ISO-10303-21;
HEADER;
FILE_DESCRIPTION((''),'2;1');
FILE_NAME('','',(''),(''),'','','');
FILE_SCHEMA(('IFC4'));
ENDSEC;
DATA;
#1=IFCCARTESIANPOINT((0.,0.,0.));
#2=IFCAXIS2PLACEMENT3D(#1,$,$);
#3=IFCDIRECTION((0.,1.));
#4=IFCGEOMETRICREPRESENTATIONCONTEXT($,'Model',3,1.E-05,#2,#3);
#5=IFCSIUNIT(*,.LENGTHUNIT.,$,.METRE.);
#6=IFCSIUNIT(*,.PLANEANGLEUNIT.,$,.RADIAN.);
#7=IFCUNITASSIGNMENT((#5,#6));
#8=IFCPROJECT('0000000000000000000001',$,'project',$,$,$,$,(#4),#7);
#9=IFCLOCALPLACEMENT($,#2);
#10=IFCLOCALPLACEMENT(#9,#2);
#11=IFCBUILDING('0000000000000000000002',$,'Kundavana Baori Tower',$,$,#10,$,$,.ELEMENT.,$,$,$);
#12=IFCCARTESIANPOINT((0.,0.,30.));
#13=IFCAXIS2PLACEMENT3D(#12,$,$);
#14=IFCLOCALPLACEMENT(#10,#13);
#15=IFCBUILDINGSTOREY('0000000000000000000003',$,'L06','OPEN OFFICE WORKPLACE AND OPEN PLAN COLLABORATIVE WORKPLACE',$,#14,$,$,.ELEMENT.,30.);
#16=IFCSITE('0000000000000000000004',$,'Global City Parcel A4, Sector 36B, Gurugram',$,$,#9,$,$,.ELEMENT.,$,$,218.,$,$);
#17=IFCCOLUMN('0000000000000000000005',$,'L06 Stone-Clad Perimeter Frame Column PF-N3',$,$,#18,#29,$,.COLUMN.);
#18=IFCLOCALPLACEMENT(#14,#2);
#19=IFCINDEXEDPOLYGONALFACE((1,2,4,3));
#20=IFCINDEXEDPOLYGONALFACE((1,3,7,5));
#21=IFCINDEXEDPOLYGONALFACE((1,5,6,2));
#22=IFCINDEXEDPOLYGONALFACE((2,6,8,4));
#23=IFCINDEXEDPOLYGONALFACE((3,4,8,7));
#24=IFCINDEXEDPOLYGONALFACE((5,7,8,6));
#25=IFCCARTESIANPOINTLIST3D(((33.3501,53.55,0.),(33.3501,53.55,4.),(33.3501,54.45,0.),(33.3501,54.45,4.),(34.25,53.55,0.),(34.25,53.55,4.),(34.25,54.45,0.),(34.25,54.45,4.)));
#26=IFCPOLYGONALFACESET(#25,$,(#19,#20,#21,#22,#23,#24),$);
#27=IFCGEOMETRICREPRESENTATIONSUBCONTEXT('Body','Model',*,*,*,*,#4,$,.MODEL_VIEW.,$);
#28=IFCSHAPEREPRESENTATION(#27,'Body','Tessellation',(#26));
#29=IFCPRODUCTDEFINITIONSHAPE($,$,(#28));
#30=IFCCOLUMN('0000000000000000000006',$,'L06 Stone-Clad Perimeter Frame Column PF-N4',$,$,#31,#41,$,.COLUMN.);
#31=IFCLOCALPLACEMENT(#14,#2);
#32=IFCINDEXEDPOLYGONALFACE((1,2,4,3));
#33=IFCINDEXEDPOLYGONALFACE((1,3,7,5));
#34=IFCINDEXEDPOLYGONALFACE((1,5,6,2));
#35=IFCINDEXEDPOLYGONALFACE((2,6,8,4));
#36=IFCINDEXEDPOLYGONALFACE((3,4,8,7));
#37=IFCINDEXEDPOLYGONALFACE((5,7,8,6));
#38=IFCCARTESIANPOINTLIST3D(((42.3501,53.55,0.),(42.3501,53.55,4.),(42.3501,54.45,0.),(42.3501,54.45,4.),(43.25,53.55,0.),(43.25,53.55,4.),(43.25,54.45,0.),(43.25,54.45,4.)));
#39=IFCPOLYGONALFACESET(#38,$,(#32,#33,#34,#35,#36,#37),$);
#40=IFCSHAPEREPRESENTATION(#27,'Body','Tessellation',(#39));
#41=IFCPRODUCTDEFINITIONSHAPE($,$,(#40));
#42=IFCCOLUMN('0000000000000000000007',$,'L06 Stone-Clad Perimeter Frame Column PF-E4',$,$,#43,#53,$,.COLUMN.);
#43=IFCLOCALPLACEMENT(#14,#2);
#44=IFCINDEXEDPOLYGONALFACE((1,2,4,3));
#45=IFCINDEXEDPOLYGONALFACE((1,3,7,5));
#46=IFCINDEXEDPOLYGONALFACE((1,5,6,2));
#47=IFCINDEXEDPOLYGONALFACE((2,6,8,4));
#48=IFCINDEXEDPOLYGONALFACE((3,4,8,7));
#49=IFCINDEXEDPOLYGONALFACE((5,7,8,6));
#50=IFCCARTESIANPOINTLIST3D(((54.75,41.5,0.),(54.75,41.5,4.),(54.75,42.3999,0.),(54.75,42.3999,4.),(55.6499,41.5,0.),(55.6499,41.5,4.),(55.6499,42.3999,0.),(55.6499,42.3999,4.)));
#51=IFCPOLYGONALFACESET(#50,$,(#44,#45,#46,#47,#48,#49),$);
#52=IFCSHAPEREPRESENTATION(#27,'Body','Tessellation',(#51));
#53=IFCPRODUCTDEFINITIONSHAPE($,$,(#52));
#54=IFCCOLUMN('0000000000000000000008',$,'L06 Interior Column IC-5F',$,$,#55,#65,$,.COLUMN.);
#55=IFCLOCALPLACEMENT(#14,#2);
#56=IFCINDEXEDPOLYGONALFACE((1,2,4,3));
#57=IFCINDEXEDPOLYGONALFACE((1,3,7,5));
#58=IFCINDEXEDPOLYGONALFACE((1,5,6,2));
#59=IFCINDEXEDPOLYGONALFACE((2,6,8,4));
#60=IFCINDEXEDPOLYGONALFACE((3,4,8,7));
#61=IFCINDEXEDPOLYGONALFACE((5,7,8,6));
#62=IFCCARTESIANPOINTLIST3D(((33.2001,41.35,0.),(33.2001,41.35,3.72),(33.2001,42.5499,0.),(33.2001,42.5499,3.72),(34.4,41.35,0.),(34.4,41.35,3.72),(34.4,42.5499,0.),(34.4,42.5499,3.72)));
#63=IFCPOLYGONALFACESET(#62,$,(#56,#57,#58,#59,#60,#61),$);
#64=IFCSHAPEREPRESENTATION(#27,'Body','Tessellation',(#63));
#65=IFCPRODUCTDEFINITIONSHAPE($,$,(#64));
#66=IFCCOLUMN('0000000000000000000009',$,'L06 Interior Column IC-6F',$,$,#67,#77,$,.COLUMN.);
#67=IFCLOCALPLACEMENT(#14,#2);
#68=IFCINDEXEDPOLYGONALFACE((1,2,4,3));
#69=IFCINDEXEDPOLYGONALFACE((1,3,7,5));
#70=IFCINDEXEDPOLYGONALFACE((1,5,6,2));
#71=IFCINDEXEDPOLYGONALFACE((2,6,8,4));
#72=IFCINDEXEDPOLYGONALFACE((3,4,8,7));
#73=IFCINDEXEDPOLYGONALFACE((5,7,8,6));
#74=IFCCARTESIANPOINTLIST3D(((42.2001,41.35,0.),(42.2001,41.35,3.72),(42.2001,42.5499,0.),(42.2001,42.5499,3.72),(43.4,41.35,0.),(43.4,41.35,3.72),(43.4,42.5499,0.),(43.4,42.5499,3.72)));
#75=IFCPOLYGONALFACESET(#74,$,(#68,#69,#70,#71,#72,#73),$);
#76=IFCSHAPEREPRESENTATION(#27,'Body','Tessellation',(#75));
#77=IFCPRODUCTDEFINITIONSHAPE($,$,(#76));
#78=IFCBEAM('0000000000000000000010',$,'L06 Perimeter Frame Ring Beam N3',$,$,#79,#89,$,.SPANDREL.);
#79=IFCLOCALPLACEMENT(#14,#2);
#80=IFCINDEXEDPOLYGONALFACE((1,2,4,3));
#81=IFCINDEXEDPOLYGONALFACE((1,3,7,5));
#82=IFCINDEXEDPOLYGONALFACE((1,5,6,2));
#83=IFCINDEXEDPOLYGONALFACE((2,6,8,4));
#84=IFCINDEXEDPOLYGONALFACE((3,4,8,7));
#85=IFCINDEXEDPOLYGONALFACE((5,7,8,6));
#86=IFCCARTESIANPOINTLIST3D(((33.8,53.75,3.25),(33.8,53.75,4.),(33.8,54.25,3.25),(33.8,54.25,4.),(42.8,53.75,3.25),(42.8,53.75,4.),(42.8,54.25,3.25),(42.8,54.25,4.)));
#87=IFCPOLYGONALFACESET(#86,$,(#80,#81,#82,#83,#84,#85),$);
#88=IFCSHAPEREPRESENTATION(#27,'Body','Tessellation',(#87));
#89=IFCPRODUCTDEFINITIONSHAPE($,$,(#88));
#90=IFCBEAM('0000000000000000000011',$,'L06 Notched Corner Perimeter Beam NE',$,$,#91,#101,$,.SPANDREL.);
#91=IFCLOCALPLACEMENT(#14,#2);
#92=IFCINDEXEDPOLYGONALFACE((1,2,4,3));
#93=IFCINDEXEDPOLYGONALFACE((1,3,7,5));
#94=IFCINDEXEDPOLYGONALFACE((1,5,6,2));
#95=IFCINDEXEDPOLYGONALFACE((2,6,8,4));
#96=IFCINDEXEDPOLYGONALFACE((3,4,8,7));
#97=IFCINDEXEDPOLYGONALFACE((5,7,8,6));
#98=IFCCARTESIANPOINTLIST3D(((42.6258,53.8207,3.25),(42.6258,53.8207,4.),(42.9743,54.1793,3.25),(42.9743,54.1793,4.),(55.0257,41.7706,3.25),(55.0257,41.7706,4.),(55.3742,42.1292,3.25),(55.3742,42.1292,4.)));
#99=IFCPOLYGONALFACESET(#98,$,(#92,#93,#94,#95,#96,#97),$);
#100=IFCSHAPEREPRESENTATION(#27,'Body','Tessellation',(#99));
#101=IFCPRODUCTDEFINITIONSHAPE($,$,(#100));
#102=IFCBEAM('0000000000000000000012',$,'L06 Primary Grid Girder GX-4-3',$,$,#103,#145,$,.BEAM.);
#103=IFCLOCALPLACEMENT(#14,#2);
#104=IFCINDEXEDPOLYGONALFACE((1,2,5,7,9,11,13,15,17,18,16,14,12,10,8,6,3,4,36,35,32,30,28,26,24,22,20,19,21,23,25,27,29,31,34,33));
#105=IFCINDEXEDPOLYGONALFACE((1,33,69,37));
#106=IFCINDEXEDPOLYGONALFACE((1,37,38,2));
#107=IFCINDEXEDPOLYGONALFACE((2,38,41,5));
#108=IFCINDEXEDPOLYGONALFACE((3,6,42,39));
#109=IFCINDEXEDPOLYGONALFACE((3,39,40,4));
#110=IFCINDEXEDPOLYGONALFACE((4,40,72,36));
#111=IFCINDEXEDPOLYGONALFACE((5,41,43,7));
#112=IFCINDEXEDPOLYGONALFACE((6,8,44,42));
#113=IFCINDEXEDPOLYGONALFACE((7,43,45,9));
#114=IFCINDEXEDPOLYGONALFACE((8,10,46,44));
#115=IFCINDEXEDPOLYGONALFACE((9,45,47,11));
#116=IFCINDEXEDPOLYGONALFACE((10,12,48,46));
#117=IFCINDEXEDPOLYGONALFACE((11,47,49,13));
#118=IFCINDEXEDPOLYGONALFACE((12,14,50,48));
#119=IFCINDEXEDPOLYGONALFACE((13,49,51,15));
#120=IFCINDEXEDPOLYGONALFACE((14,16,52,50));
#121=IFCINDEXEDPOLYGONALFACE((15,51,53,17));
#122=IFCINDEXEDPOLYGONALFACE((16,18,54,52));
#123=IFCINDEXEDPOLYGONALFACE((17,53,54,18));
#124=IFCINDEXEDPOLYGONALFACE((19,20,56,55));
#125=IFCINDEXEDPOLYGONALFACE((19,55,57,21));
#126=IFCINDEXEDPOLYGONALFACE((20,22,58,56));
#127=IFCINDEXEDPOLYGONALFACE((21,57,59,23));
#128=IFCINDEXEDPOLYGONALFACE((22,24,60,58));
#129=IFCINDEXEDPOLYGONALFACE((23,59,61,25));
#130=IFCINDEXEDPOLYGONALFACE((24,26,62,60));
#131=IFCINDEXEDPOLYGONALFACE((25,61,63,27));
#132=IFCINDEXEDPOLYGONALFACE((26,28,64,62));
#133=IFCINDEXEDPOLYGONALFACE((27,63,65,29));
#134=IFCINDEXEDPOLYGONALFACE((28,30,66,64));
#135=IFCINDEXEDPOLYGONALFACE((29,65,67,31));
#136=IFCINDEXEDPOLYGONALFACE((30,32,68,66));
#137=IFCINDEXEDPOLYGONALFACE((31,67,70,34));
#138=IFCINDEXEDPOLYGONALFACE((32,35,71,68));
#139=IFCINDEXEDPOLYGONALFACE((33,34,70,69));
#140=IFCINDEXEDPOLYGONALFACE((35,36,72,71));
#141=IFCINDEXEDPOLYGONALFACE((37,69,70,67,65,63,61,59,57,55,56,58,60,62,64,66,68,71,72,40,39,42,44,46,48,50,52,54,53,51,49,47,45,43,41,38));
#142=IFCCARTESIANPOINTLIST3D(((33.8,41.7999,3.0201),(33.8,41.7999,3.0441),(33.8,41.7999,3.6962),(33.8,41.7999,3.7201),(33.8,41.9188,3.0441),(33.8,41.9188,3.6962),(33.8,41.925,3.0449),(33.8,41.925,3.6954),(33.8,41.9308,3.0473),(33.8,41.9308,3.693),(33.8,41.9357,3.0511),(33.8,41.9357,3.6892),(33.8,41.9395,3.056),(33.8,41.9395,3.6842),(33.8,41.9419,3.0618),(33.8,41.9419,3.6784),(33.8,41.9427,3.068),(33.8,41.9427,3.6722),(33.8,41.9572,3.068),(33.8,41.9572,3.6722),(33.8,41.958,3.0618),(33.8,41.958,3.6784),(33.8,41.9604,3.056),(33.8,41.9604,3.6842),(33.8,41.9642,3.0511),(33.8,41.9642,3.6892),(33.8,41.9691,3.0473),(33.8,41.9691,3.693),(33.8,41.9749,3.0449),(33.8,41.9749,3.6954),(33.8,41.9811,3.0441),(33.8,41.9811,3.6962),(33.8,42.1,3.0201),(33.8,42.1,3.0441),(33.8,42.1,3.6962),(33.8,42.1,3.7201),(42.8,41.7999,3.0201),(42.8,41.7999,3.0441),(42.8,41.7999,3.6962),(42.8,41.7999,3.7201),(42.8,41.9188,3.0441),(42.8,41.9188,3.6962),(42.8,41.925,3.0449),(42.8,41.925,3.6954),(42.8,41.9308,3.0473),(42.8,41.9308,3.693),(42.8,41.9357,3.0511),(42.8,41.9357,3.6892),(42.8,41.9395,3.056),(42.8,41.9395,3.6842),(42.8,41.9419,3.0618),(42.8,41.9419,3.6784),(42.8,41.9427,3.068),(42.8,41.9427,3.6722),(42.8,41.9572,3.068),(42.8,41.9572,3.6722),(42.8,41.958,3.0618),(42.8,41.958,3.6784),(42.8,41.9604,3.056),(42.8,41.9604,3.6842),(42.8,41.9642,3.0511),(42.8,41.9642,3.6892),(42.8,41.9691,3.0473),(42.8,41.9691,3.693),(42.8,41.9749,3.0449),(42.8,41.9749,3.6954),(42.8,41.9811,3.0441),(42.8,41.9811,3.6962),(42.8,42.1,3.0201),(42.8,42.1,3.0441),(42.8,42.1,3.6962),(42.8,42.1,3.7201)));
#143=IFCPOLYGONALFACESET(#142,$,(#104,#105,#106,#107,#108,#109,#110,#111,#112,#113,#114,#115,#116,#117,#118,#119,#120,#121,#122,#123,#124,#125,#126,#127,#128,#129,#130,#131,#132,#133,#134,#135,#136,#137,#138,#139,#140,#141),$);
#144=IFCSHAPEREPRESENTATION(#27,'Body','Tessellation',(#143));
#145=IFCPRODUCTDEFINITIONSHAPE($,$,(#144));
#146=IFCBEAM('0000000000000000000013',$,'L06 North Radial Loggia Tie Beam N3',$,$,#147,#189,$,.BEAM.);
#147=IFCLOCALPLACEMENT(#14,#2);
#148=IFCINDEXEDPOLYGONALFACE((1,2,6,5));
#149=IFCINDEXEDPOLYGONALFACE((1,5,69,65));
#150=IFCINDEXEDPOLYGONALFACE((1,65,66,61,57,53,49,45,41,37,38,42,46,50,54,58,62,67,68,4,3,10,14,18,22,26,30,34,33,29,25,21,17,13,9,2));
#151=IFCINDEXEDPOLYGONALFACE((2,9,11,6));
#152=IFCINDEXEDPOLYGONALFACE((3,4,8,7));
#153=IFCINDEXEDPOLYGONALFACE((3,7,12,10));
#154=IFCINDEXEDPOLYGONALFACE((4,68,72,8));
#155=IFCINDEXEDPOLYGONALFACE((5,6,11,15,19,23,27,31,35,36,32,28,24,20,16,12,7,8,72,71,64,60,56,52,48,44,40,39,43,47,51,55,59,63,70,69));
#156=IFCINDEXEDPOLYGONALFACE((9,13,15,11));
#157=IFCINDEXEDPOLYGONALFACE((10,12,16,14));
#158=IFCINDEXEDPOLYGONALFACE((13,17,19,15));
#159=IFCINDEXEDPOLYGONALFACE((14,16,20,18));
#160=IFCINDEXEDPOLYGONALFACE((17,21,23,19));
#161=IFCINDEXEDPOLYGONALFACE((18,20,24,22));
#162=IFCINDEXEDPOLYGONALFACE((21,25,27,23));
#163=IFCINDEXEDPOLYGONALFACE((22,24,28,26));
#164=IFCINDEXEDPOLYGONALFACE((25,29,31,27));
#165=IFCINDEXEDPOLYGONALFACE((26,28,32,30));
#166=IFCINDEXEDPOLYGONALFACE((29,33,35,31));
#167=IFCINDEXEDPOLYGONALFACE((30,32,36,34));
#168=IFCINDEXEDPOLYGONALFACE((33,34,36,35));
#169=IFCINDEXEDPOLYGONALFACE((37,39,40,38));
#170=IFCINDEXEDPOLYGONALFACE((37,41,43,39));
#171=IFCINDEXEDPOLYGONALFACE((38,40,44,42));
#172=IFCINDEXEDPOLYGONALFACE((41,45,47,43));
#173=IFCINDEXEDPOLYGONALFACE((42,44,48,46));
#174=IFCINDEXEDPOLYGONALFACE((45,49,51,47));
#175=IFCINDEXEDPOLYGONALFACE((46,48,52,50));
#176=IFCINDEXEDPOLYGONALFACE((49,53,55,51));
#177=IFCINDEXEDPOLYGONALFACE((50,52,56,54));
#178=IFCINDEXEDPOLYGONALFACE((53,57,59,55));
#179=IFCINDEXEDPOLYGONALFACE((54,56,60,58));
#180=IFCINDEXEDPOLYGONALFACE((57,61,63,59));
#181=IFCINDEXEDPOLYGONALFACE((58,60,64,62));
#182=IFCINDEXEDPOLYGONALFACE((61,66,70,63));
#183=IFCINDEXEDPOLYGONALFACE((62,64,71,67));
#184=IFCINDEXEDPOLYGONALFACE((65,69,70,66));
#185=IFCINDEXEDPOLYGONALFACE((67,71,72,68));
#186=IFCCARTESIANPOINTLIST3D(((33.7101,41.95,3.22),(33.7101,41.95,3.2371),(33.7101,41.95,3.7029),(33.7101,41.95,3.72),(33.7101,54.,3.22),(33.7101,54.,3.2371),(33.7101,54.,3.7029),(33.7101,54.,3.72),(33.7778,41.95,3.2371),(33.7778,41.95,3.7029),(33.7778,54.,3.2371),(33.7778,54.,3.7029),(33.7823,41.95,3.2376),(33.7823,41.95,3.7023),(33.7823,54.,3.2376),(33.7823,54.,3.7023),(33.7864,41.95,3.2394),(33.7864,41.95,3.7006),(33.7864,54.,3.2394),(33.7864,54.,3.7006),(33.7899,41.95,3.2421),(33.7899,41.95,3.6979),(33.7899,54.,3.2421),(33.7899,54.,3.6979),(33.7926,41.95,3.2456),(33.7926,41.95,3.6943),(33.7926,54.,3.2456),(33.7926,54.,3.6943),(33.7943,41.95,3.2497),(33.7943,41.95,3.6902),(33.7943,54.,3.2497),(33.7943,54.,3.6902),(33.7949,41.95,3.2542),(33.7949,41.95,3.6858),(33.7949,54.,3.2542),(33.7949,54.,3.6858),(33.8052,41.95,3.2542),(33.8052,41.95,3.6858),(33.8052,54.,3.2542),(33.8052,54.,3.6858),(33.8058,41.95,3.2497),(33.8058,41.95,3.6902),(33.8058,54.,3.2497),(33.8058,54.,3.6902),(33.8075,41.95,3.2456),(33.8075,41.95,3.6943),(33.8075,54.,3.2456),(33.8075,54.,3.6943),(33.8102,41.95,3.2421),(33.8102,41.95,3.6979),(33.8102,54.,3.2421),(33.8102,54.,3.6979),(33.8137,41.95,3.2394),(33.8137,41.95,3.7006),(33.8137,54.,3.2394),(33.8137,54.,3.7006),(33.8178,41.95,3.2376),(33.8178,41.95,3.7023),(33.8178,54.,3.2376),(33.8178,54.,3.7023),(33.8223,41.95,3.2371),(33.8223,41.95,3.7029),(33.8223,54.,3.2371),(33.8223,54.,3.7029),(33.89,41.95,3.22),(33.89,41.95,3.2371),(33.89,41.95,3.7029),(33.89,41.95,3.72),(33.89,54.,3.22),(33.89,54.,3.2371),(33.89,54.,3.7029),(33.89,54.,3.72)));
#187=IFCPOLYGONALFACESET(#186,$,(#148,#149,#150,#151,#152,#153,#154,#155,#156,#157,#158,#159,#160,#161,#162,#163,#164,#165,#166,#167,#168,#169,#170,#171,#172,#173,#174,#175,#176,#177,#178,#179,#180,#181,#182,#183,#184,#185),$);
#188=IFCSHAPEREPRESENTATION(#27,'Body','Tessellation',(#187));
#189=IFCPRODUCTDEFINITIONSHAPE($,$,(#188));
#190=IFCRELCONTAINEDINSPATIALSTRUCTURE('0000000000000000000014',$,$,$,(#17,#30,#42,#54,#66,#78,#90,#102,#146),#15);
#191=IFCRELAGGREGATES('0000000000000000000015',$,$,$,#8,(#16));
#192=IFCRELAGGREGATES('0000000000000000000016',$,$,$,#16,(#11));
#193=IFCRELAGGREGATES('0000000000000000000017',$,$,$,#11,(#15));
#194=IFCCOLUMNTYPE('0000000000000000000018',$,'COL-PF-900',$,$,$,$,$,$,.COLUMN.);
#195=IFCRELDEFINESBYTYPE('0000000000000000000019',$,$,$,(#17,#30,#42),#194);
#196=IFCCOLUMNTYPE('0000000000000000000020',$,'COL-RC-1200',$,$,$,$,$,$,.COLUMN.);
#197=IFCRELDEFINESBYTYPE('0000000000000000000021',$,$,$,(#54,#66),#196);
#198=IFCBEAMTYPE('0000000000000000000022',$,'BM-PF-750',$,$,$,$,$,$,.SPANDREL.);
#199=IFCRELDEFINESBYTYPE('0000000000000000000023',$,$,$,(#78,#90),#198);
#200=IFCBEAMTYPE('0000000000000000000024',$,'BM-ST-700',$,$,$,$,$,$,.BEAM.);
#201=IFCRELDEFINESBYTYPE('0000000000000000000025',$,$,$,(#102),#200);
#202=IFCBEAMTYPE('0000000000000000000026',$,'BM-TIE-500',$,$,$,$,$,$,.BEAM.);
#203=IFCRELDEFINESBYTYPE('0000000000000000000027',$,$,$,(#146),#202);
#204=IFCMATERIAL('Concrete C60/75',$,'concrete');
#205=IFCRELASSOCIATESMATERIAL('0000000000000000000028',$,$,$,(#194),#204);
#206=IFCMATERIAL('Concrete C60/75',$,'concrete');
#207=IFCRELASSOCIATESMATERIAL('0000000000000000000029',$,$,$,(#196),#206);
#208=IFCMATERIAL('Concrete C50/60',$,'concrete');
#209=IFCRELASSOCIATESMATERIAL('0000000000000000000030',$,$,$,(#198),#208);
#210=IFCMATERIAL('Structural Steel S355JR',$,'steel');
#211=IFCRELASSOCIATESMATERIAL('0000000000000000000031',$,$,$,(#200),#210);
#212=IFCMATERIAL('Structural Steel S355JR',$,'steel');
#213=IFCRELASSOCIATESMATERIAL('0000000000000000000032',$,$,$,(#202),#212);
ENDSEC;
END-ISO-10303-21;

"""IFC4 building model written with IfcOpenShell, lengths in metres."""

from ifc_helpers import new_model, si_unit, direction, frame, origin, origin_2d, place, context, subcontext, project, spatial, rectangle, i_section, extrude, material, material_profile, profile_set, type_object, element, save


model = new_model("IFC4")

# Units and contexts
model_context = context("Model", 3, precision=1e-05, world=origin(), true_north=direction((0.0, 1.0)))
body_context = subcontext(model_context, "Body", "Model", "MODEL_VIEW")
ifc_project = project(units=[si_unit("LENGTHUNIT", "METRE"), si_unit("PLANEANGLEUNIT", "RADIAN")], contexts=[model_context])

# Site, building, storey
site_placement = place(None, origin())
site = spatial("IfcSite", under=ifc_project, at=site_placement, Name="Global City Parcel A4, Sector 36B, Gurugram", CompositionType="ELEMENT", RefElevation=218.0)
building_placement = place(site_placement, origin())
building = spatial("IfcBuilding", under=site, at=building_placement, Name="Kundavana Baori Tower", CompositionType="ELEMENT")
storey_placement = place(building_placement, frame((0.0, 0.0, 30.0)))
storey = spatial("IfcBuildingStorey", under=building, at=storey_placement, Name="L06", Description="OPEN OFFICE WORKPLACE AND OPEN PLAN COLLABORATIVE WORKPLACE", CompositionType="ELEMENT", Elevation=30.0)

# Columns
ifc_material_1 = material(Name="Concrete C60/75", Category="concrete")
ifc_material_profile_1 = material_profile(ifc_material_1, rectangle(XDim=0.8999, YDim=0.8999, at=origin_2d()), Name="RC PF 900x900")
ifc_profile_set_1 = profile_set([ifc_material_profile_1], Name="Concrete C60/75")
column_type_1 = type_object("IfcColumnType", Name="COL-PF-900", PredefinedType="COLUMN", material=ifc_profile_set_1)
for number, where, z_axis, x_axis, name in (
    (1, (33.8, 54.0, 0.0), (0.0, 0.0, 1.0), (1.0, 0.0, 0.0), "L06 Stone-Clad Perimeter Frame Column PF-N3"),
    (2, (42.8, 54.0, 0.0), (0.0, 0.0, 1.0), (1.0, 0.0, 0.0), "L06 Stone-Clad Perimeter Frame Column PF-N4"),
    (3, (55.2, 41.95, 0.0), (0.0, 0.0, 1.0), (1.0, 0.0, 0.0), "L06 Stone-Clad Perimeter Frame Column PF-E4"),
):
    element("IfcColumn", number, at=place(storey_placement, frame(where, z_axis=z_axis, x_axis=x_axis)), inside=storey, type_object=column_type_1, Name=name, PredefinedType="COLUMN", context=body_context, shape_type="SweptSolid", body=[
        extrude(rectangle(XDim=0.8999, YDim=0.8999, at=origin_2d()), origin(), (0.0, 0.0, 1.0), 4.0),
    ])
ifc_material_2 = material(Name="Concrete C60/75", Category="concrete")
ifc_material_profile_2 = material_profile(ifc_material_2, rectangle(XDim=1.2, YDim=1.2, at=origin_2d()), Name="RC 1200x1200")
ifc_profile_set_2 = profile_set([ifc_material_profile_2], Name="Concrete C60/75")
column_type_2 = type_object("IfcColumnType", Name="COL-RC-1200", PredefinedType="COLUMN", material=ifc_profile_set_2)
for number, where, z_axis, x_axis, name in (
    (4, (33.8, 41.95, 0.0), (0.0, 0.0, 1.0), (1.0, 0.0, 0.0), "L06 Interior Column IC-5F"),
    (5, (42.8, 41.95, 0.0), (0.0, 0.0, 1.0), (1.0, 0.0, 0.0), "L06 Interior Column IC-6F"),
):
    element("IfcColumn", number, at=place(storey_placement, frame(where, z_axis=z_axis, x_axis=x_axis)), inside=storey, type_object=column_type_2, Name=name, PredefinedType="COLUMN", context=body_context, shape_type="SweptSolid", body=[
        extrude(rectangle(XDim=1.2, YDim=1.2, at=origin_2d()), origin(), (0.0, 0.0, 1.0), 3.72),
    ])

# Beams
ifc_material_3 = material(Name="Concrete C50/60", Category="concrete")
ifc_material_profile_3 = material_profile(ifc_material_3, rectangle(XDim=0.5, YDim=0.75, at=origin_2d()), Name="RC BM 500x750")
ifc_profile_set_3 = profile_set([ifc_material_profile_3], Name="Concrete C50/60")
beam_type_1 = type_object("IfcBeamType", Name="BM-PF-750", PredefinedType="SPANDREL", material=ifc_profile_set_3)
beam_1_placement = place(storey_placement, frame((33.8, 54.0, 3.625), z_axis=(1.0, 0.0, 0.0), x_axis=(0.0, 1.0, 0.0)))
element("IfcBeam", 6, at=beam_1_placement, inside=storey, type_object=beam_type_1, Name="L06 Perimeter Frame Ring Beam N3", PredefinedType="SPANDREL", context=body_context, shape_type="SweptSolid", body=[
    extrude(rectangle(XDim=0.5, YDim=0.75, at=origin_2d()), origin(), (0.0, 0.0, 1.0), 9.0),
])
beam_2_placement = place(storey_placement, frame((42.8, 54.0, 3.625), z_axis=(0.717151, -0.696917, 0.0), x_axis=(0.696917, 0.717151, 0.0)))
element("IfcBeam", 7, at=beam_2_placement, inside=storey, type_object=beam_type_1, Name="L06 Notched Corner Perimeter Beam NE", PredefinedType="SPANDREL", context=body_context, shape_type="SweptSolid", body=[
    extrude(rectangle(XDim=0.5, YDim=0.75, at=origin_2d()), origin(), (0.0, 0.0, 1.0), 17.2905),
])
ifc_material_4 = material(Name="Structural Steel S355JR", Category="steel")
ifc_material_profile_4 = material_profile(ifc_material_4, i_section(OverallWidth=0.3, OverallDepth=0.7, WebThickness=0.0144, FlangeThickness=0.0239, FilletRadius=0.0239, at=origin_2d()), Name="NPB 700x300x170")
ifc_profile_set_4 = profile_set([ifc_material_profile_4], Name="Structural Steel S355JR")
beam_type_2 = type_object("IfcBeamType", Name="BM-ST-700", PredefinedType="BEAM", material=ifc_profile_set_4)
beam_3_placement = place(storey_placement, frame((33.8, 41.95, 3.3701), z_axis=(1.0, 0.0, 0.0), x_axis=(0.0, 1.0, 0.0)))
element("IfcBeam", 8, at=beam_3_placement, inside=storey, type_object=beam_type_2, Name="L06 Primary Grid Girder GX-4-3", PredefinedType="BEAM", context=body_context, shape_type="SweptSolid", body=[
    extrude(i_section(OverallWidth=0.3, OverallDepth=0.7, WebThickness=0.0144, FlangeThickness=0.0239, FilletRadius=0.0239, at=origin_2d()), origin(), (0.0, 0.0, 1.0), 9.0),
])
ifc_material_5 = material(Name="Structural Steel S355JR", Category="steel")
ifc_material_profile_5 = material_profile(ifc_material_5, i_section(OverallWidth=0.1799, OverallDepth=0.5, WebThickness=0.0103, FlangeThickness=0.0171, FilletRadius=0.0171, at=origin_2d()), Name="ISMB 500")
ifc_profile_set_5 = profile_set([ifc_material_profile_5], Name="Structural Steel S355JR")
beam_type_3 = type_object("IfcBeamType", Name="BM-TIE-500", PredefinedType="BEAM", material=ifc_profile_set_5)
for number, where, z_axis, x_axis, name in (
    (9, (33.8, 41.95, 3.47), (0.0, 1.0, 0.0), (-1.0, 0.0, 0.0), "L06 North Radial Loggia Tie Beam N3"),
):
    element("IfcBeam", number, at=place(storey_placement, frame(where, z_axis=z_axis, x_axis=x_axis)), inside=storey, type_object=beam_type_3, Name=name, PredefinedType="BEAM", context=body_context, shape_type="SweptSolid", body=[
        extrude(i_section(OverallWidth=0.1799, OverallDepth=0.5, WebThickness=0.0103, FlangeThickness=0.0171, FilletRadius=0.0171, at=origin_2d()), origin(), (0.0, 0.0, 1.0), 12.05),
    ])

save(model, "model.ifc")
